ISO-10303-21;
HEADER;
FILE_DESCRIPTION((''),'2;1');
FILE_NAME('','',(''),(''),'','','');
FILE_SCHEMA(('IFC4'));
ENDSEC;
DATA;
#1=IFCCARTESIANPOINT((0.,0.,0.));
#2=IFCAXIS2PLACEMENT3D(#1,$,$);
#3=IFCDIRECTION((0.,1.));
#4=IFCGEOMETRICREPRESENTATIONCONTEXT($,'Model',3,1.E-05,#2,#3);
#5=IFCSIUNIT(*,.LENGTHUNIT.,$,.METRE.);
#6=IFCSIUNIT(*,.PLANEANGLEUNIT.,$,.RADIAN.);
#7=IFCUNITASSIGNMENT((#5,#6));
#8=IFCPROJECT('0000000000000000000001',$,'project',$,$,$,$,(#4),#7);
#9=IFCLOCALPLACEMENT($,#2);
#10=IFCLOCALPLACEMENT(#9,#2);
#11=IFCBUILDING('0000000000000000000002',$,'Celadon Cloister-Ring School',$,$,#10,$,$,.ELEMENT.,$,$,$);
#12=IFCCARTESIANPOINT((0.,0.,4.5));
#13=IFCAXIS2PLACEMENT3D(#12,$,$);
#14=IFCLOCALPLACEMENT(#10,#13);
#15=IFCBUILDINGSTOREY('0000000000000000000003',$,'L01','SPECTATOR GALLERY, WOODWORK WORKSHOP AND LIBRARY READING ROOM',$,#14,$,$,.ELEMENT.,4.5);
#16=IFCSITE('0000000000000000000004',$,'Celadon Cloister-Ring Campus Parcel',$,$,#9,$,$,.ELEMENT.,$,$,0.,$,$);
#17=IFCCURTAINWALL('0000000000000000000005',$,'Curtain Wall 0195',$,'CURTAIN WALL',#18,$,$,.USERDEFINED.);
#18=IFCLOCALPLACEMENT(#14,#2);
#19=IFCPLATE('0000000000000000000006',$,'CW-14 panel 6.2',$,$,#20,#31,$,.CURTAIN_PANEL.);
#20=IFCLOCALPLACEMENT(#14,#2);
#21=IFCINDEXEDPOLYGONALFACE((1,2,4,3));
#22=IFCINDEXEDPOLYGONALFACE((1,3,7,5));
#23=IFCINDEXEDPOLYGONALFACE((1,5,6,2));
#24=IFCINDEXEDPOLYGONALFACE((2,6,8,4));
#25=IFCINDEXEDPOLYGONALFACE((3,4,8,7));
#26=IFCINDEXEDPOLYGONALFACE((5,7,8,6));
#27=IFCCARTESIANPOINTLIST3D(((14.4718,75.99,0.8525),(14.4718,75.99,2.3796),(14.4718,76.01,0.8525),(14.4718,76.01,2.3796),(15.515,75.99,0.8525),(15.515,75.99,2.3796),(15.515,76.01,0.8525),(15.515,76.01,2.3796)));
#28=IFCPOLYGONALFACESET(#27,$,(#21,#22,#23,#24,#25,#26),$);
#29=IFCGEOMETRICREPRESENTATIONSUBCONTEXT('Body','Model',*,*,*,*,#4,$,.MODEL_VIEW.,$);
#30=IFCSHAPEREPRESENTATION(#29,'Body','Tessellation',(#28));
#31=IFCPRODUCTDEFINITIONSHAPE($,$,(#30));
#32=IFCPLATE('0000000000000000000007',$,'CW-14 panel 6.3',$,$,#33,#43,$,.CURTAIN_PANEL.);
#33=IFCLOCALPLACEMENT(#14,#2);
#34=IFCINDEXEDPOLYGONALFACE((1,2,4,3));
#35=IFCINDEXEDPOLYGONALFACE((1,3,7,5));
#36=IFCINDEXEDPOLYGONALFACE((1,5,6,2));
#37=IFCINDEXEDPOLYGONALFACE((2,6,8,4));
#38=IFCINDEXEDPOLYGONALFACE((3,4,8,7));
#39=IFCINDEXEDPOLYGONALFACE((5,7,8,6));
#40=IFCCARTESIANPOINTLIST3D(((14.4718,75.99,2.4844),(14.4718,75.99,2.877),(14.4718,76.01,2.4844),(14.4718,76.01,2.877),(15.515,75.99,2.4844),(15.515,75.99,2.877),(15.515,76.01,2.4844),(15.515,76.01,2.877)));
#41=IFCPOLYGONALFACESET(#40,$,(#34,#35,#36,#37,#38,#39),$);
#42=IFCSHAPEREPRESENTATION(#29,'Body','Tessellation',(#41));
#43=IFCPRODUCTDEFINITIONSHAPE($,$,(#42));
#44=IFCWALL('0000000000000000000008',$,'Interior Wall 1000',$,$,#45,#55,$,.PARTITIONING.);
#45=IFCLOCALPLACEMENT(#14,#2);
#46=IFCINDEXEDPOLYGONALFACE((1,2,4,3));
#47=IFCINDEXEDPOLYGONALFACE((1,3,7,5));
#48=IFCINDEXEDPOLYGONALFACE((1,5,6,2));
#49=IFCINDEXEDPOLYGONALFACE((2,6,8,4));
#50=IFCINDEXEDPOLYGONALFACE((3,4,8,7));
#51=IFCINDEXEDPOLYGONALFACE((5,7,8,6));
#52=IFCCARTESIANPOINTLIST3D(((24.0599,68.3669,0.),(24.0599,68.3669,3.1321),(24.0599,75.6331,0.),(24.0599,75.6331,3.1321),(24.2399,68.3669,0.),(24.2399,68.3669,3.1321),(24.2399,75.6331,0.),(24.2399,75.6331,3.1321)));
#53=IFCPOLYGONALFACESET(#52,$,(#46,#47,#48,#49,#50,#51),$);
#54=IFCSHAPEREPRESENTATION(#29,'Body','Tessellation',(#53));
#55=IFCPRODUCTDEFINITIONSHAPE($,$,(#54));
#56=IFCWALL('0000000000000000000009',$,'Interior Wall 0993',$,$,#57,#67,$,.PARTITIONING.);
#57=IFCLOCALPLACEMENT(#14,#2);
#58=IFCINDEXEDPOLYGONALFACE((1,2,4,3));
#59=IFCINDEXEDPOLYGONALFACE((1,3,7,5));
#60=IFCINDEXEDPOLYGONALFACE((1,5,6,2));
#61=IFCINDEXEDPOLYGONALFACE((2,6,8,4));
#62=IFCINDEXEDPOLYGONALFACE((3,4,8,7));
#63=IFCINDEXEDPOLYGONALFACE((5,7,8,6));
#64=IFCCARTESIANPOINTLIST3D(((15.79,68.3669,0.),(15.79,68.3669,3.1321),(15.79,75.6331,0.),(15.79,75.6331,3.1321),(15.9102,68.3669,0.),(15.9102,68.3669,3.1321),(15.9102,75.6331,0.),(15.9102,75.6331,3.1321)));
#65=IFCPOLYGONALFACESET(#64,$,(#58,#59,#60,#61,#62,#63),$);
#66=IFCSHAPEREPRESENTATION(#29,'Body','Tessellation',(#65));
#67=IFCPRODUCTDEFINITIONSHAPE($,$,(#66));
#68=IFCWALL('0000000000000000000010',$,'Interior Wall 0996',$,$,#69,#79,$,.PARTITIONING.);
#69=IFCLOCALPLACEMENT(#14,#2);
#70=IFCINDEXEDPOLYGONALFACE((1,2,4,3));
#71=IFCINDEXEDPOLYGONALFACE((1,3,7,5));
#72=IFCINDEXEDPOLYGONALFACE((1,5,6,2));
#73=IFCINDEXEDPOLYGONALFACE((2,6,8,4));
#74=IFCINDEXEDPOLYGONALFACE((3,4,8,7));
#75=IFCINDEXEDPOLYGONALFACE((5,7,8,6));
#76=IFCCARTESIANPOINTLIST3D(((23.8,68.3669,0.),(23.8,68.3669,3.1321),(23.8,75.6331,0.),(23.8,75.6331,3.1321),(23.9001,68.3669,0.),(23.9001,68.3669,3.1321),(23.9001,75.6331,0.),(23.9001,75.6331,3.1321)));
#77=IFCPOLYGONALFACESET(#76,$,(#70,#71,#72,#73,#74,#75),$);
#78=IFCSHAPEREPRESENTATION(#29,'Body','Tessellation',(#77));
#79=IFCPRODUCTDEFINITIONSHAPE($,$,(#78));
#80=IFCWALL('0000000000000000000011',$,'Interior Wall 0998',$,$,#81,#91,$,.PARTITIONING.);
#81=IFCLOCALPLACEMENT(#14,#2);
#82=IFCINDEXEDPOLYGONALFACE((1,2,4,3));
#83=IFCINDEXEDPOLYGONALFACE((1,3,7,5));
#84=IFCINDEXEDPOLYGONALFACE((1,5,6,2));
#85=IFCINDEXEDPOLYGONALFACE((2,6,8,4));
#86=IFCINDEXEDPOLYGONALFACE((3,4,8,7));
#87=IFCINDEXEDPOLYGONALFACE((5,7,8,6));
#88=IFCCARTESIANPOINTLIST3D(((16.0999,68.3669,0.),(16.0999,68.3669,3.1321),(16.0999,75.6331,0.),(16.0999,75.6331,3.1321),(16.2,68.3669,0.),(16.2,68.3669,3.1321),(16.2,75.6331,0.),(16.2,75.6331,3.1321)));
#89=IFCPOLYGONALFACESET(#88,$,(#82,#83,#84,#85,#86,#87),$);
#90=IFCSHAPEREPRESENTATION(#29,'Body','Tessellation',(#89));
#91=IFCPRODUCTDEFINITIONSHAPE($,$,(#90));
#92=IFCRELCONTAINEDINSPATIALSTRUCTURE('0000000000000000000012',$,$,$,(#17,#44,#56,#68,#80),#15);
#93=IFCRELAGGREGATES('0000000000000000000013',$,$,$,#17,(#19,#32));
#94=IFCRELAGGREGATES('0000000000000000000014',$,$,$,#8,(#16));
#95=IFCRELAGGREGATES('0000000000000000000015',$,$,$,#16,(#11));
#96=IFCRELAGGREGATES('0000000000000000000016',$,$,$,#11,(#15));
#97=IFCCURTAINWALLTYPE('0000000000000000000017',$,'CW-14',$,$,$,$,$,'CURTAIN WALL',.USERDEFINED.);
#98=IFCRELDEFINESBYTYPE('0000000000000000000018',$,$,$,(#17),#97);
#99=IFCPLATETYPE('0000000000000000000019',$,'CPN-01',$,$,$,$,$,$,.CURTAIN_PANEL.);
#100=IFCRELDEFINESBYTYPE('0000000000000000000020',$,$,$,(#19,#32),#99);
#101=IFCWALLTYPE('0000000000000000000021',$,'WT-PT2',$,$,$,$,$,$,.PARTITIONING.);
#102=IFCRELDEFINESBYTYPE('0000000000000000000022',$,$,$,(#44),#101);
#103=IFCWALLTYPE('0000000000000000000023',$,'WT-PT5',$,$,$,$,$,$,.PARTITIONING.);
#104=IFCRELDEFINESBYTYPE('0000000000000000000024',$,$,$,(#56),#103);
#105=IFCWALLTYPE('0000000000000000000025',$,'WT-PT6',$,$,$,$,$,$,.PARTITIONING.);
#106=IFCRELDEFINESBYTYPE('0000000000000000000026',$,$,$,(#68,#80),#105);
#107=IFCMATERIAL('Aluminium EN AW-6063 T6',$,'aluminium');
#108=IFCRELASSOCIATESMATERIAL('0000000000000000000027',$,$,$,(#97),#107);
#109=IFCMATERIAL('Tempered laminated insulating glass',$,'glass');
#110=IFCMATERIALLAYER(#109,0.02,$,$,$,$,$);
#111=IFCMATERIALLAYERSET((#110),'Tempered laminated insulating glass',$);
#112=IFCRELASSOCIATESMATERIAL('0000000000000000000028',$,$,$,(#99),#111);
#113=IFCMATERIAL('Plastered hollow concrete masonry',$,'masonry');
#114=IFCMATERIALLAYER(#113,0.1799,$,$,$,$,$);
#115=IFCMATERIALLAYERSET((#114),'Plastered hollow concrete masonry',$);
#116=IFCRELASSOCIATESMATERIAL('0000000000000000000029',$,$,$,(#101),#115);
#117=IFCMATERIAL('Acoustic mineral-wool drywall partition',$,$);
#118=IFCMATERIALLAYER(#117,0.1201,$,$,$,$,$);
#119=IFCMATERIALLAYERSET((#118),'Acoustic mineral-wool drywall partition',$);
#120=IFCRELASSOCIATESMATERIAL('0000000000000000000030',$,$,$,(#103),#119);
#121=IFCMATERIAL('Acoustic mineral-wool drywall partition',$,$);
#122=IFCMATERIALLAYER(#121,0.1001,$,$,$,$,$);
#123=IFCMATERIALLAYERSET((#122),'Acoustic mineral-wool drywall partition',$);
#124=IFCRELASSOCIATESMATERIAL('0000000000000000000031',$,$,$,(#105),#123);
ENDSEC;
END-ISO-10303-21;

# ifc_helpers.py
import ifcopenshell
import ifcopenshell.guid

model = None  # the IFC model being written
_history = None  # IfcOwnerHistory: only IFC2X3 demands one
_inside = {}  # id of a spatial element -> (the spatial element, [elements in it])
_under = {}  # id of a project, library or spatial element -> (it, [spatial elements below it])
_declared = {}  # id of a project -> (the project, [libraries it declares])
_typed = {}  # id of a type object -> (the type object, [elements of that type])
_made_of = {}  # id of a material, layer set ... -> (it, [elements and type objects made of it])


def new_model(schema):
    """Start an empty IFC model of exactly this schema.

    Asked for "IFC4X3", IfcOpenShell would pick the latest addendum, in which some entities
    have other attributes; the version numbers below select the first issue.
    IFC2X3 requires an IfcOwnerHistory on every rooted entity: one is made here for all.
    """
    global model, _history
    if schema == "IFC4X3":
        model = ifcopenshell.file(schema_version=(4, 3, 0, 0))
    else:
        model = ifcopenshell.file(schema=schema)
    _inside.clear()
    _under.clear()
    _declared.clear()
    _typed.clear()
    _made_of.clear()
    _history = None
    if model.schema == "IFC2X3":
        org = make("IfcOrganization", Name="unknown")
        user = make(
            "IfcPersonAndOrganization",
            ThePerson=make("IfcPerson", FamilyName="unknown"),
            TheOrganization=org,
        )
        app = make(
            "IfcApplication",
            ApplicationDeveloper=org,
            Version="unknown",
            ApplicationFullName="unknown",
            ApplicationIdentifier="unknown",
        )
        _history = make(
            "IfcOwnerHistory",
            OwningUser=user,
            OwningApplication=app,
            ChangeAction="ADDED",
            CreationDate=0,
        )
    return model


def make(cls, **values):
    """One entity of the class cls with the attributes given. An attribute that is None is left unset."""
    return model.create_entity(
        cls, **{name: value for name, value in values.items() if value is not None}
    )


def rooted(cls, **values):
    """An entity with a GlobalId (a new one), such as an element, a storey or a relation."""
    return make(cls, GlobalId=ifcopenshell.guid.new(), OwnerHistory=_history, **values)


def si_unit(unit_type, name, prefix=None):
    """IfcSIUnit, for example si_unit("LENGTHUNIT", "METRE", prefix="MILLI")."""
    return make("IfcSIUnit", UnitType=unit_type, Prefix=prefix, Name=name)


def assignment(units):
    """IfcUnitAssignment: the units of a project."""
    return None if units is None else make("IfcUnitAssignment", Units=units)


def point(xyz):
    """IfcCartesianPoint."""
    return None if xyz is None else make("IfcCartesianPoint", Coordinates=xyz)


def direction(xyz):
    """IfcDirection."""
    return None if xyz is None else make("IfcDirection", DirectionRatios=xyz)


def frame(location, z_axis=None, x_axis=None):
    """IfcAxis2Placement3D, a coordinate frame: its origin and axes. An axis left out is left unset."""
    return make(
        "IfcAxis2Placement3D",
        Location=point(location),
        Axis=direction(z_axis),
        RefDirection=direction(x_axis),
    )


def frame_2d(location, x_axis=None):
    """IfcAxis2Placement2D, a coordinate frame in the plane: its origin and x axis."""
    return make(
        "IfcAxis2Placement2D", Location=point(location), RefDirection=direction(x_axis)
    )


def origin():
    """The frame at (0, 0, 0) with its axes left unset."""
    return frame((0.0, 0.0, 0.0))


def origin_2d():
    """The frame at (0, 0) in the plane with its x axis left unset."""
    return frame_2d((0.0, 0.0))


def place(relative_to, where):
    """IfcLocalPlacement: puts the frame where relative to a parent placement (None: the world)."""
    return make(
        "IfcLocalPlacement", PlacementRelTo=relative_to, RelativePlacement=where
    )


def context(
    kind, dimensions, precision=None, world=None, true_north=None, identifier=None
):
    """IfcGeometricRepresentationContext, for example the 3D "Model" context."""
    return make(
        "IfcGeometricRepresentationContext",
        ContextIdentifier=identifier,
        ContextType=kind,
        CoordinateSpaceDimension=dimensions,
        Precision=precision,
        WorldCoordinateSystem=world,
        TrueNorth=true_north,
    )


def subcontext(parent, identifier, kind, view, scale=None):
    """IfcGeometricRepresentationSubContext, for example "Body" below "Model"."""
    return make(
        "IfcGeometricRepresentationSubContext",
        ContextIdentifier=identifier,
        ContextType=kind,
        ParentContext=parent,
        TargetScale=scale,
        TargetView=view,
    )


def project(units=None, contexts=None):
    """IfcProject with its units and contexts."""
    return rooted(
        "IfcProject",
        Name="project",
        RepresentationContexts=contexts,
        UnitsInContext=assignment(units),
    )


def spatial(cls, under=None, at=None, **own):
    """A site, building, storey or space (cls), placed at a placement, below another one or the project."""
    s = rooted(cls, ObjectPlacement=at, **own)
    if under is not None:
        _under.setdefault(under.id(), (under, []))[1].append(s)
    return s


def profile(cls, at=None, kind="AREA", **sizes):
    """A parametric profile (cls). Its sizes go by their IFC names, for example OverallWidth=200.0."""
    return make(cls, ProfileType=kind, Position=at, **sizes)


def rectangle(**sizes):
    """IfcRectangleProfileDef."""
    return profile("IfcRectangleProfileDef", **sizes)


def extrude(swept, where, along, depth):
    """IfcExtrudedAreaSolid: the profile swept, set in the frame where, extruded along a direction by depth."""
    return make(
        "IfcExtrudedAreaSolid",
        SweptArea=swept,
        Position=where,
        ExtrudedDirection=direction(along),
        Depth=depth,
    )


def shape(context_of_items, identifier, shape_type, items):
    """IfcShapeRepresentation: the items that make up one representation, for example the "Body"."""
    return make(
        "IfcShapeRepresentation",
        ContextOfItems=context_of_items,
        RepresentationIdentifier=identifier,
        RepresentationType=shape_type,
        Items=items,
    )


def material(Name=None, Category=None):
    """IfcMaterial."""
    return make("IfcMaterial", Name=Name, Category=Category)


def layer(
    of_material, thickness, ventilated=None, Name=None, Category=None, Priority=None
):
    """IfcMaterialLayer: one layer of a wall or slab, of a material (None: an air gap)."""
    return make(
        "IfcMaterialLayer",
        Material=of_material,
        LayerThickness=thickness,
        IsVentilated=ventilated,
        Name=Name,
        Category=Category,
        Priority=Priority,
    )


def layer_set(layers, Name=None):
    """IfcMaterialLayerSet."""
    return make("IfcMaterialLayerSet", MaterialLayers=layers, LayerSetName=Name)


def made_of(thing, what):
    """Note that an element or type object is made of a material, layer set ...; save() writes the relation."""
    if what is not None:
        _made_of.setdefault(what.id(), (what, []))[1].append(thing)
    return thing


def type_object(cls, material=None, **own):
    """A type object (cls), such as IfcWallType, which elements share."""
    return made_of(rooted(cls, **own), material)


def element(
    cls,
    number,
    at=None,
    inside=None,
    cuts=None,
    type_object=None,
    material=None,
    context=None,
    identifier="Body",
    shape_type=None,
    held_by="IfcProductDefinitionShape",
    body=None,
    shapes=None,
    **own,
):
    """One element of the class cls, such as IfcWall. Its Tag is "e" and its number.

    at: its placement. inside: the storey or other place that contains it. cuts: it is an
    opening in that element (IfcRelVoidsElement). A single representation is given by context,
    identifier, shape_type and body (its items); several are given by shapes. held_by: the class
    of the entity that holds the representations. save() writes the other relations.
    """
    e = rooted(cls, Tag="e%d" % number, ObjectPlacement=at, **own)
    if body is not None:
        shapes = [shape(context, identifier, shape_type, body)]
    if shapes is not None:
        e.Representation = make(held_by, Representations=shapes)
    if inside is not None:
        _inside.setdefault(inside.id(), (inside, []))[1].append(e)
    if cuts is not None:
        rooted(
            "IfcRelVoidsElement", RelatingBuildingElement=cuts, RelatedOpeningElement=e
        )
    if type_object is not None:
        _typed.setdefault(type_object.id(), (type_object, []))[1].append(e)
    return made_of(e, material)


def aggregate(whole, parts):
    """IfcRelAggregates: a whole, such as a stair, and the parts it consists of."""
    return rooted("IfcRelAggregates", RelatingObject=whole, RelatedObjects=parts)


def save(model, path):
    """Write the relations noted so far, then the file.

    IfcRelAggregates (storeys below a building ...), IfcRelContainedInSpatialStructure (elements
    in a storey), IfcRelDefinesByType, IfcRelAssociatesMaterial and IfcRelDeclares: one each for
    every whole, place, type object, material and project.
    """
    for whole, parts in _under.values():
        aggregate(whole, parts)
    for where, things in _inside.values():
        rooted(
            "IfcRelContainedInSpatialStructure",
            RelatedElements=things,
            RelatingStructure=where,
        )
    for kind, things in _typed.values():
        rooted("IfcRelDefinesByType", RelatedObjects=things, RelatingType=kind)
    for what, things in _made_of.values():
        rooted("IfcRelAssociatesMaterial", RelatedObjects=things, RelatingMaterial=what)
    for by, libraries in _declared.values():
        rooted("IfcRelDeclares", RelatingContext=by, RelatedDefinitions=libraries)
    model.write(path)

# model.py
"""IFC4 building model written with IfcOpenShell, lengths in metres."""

from ifc_helpers import new_model, si_unit, direction, frame, frame_2d, origin, origin_2d, place, context, subcontext, project, spatial, rectangle, extrude, material, layer, layer_set, type_object, element, aggregate, save


model = new_model("IFC4")

# Units and contexts
model_context = context("Model", 3, precision=1e-05, world=origin(), true_north=direction((0.0, 1.0)))
body_context = subcontext(model_context, "Body", "Model", "MODEL_VIEW")
ifc_project = project(units=[si_unit("LENGTHUNIT", "METRE"), si_unit("PLANEANGLEUNIT", "RADIAN")], contexts=[model_context])

# Site, building, storey
site_placement = place(None, origin())
site = spatial("IfcSite", under=ifc_project, at=site_placement, Name="Celadon Cloister-Ring Campus Parcel", CompositionType="ELEMENT", RefElevation=0.0)
building_placement = place(site_placement, origin())
building = spatial("IfcBuilding", under=site, at=building_placement, Name="Celadon Cloister-Ring School", CompositionType="ELEMENT")
storey_placement = place(building_placement, frame((0.0, 0.0, 4.5)))
storey = spatial("IfcBuildingStorey", under=building, at=storey_placement, Name="L01", Description="SPECTATOR GALLERY, WOODWORK WORKSHOP AND LIBRARY READING ROOM", CompositionType="ELEMENT", Elevation=4.5)

# Curtain wall
ifc_material_1 = material(Name="Aluminium EN AW-6063 T6", Category="aluminium")
curtain_wall_type = type_object("IfcCurtainWallType", Name="CW-14", ElementType="CURTAIN WALL", PredefinedType="USERDEFINED", material=ifc_material_1)
curtain_wall_placement = place(storey_placement, origin())
curtain_wall = element("IfcCurtainWall", 1, at=curtain_wall_placement, inside=storey, type_object=curtain_wall_type, Name="Curtain Wall 0195", ObjectType="CURTAIN WALL", PredefinedType="USERDEFINED")

# Plates
ifc_material_2 = material(Name="Tempered laminated insulating glass", Category="glass")
ifc_layer_1 = layer(ifc_material_2, 0.02)
ifc_layer_set_1 = layer_set([ifc_layer_1], Name="Tempered laminated insulating glass")
plate_type = type_object("IfcPlateType", Name="CPN-01", PredefinedType="CURTAIN_PANEL", material=ifc_layer_set_1)
plate_1_placement = place(storey_placement, frame((14.9934, 76.0, 0.8525), z_axis=(0.0, 0.0, 1.0), x_axis=(1.0, 0.0, 0.0)))
plate_1 = element("IfcPlate", 2, at=plate_1_placement, type_object=plate_type, Name="CW-14 panel 6.2", PredefinedType="CURTAIN_PANEL", context=body_context, shape_type="SweptSolid", body=[
    extrude(rectangle(XDim=1.0432, YDim=0.02, at=origin_2d()), origin(), (0.0, 0.0, 1.0), 1.5271),
])
plate_2_placement = place(storey_placement, frame((14.9934, 76.0, 2.4844), z_axis=(0.0, 0.0, 1.0), x_axis=(1.0, 0.0, 0.0)))
plate_2 = element("IfcPlate", 3, at=plate_2_placement, type_object=plate_type, Name="CW-14 panel 6.3", PredefinedType="CURTAIN_PANEL", context=body_context, shape_type="SweptSolid", body=[
    extrude(rectangle(XDim=1.0432, YDim=0.02, at=origin_2d()), origin(), (0.0, 0.0, 1.0), 0.3926),
])
aggregate(curtain_wall, [plate_1, plate_2])

# Walls
ifc_material_3 = material(Name="Plastered hollow concrete masonry", Category="masonry")
ifc_layer_2 = layer(ifc_material_3, 0.1799)
ifc_layer_set_2 = layer_set([ifc_layer_2], Name="Plastered hollow concrete masonry")
wall_type_1 = type_object("IfcWallType", Name="WT-PT2", PredefinedType="PARTITIONING", material=ifc_layer_set_2)
wall_1_placement = place(storey_placement, frame((24.1499, 68.3669, 0.0), z_axis=(0.0, 0.0, 1.0), x_axis=(0.0, 1.0, 0.0)))
element("IfcWall", 4, at=wall_1_placement, inside=storey, type_object=wall_type_1, Name="Interior Wall 1000", PredefinedType="PARTITIONING", context=body_context, shape_type="SweptSolid", body=[
    extrude(rectangle(XDim=7.2661, YDim=0.1799, at=frame_2d((3.6331, 0.0))), origin(), (0.0, 0.0, 1.0), 3.1321),
])
ifc_material_4 = material(Name="Acoustic mineral-wool drywall partition")
ifc_layer_3 = layer(ifc_material_4, 0.1201)
ifc_layer_set_3 = layer_set([ifc_layer_3], Name="Acoustic mineral-wool drywall partition")
wall_type_2 = type_object("IfcWallType", Name="WT-PT5", PredefinedType="PARTITIONING", material=ifc_layer_set_3)
wall_2_placement = place(storey_placement, frame((15.8501, 75.6331, 0.0), z_axis=(0.0, 0.0, 1.0), x_axis=(0.0, -1.0, 0.0)))
element("IfcWall", 5, at=wall_2_placement, inside=storey, type_object=wall_type_2, Name="Interior Wall 0993", PredefinedType="PARTITIONING", context=body_context, shape_type="SweptSolid", body=[
    extrude(rectangle(XDim=7.2661, YDim=0.1201, at=frame_2d((3.6331, 0.0))), origin(), (0.0, 0.0, 1.0), 3.1321),
])
ifc_material_5 = material(Name="Acoustic mineral-wool drywall partition")
ifc_layer_4 = layer(ifc_material_5, 0.1001)
ifc_layer_set_4 = layer_set([ifc_layer_4], Name="Acoustic mineral-wool drywall partition")
wall_type_3 = type_object("IfcWallType", Name="WT-PT6", PredefinedType="PARTITIONING", material=ifc_layer_set_4)
for number, where, z_axis, x_axis, name in (
    (6, (23.8501, 75.6331, 0.0), (0.0, 0.0, 1.0), (0.0, -1.0, 0.0), "Interior Wall 0996"),
    (7, (16.1499, 68.3669, 0.0), (0.0, 0.0, 1.0), (0.0, 1.0, 0.0), "Interior Wall 0998"),
):
    element("IfcWall", number, at=place(storey_placement, frame(where, z_axis=z_axis, x_axis=x_axis)), inside=storey, type_object=wall_type_3, Name=name, PredefinedType="PARTITIONING", context=body_context, shape_type="SweptSolid", body=[
        extrude(rectangle(XDim=7.2661, YDim=0.1001, at=frame_2d((3.6331, 0.0))), origin(), (0.0, 0.0, 1.0), 3.1321),
    ])

save(model, "model.ifc")
